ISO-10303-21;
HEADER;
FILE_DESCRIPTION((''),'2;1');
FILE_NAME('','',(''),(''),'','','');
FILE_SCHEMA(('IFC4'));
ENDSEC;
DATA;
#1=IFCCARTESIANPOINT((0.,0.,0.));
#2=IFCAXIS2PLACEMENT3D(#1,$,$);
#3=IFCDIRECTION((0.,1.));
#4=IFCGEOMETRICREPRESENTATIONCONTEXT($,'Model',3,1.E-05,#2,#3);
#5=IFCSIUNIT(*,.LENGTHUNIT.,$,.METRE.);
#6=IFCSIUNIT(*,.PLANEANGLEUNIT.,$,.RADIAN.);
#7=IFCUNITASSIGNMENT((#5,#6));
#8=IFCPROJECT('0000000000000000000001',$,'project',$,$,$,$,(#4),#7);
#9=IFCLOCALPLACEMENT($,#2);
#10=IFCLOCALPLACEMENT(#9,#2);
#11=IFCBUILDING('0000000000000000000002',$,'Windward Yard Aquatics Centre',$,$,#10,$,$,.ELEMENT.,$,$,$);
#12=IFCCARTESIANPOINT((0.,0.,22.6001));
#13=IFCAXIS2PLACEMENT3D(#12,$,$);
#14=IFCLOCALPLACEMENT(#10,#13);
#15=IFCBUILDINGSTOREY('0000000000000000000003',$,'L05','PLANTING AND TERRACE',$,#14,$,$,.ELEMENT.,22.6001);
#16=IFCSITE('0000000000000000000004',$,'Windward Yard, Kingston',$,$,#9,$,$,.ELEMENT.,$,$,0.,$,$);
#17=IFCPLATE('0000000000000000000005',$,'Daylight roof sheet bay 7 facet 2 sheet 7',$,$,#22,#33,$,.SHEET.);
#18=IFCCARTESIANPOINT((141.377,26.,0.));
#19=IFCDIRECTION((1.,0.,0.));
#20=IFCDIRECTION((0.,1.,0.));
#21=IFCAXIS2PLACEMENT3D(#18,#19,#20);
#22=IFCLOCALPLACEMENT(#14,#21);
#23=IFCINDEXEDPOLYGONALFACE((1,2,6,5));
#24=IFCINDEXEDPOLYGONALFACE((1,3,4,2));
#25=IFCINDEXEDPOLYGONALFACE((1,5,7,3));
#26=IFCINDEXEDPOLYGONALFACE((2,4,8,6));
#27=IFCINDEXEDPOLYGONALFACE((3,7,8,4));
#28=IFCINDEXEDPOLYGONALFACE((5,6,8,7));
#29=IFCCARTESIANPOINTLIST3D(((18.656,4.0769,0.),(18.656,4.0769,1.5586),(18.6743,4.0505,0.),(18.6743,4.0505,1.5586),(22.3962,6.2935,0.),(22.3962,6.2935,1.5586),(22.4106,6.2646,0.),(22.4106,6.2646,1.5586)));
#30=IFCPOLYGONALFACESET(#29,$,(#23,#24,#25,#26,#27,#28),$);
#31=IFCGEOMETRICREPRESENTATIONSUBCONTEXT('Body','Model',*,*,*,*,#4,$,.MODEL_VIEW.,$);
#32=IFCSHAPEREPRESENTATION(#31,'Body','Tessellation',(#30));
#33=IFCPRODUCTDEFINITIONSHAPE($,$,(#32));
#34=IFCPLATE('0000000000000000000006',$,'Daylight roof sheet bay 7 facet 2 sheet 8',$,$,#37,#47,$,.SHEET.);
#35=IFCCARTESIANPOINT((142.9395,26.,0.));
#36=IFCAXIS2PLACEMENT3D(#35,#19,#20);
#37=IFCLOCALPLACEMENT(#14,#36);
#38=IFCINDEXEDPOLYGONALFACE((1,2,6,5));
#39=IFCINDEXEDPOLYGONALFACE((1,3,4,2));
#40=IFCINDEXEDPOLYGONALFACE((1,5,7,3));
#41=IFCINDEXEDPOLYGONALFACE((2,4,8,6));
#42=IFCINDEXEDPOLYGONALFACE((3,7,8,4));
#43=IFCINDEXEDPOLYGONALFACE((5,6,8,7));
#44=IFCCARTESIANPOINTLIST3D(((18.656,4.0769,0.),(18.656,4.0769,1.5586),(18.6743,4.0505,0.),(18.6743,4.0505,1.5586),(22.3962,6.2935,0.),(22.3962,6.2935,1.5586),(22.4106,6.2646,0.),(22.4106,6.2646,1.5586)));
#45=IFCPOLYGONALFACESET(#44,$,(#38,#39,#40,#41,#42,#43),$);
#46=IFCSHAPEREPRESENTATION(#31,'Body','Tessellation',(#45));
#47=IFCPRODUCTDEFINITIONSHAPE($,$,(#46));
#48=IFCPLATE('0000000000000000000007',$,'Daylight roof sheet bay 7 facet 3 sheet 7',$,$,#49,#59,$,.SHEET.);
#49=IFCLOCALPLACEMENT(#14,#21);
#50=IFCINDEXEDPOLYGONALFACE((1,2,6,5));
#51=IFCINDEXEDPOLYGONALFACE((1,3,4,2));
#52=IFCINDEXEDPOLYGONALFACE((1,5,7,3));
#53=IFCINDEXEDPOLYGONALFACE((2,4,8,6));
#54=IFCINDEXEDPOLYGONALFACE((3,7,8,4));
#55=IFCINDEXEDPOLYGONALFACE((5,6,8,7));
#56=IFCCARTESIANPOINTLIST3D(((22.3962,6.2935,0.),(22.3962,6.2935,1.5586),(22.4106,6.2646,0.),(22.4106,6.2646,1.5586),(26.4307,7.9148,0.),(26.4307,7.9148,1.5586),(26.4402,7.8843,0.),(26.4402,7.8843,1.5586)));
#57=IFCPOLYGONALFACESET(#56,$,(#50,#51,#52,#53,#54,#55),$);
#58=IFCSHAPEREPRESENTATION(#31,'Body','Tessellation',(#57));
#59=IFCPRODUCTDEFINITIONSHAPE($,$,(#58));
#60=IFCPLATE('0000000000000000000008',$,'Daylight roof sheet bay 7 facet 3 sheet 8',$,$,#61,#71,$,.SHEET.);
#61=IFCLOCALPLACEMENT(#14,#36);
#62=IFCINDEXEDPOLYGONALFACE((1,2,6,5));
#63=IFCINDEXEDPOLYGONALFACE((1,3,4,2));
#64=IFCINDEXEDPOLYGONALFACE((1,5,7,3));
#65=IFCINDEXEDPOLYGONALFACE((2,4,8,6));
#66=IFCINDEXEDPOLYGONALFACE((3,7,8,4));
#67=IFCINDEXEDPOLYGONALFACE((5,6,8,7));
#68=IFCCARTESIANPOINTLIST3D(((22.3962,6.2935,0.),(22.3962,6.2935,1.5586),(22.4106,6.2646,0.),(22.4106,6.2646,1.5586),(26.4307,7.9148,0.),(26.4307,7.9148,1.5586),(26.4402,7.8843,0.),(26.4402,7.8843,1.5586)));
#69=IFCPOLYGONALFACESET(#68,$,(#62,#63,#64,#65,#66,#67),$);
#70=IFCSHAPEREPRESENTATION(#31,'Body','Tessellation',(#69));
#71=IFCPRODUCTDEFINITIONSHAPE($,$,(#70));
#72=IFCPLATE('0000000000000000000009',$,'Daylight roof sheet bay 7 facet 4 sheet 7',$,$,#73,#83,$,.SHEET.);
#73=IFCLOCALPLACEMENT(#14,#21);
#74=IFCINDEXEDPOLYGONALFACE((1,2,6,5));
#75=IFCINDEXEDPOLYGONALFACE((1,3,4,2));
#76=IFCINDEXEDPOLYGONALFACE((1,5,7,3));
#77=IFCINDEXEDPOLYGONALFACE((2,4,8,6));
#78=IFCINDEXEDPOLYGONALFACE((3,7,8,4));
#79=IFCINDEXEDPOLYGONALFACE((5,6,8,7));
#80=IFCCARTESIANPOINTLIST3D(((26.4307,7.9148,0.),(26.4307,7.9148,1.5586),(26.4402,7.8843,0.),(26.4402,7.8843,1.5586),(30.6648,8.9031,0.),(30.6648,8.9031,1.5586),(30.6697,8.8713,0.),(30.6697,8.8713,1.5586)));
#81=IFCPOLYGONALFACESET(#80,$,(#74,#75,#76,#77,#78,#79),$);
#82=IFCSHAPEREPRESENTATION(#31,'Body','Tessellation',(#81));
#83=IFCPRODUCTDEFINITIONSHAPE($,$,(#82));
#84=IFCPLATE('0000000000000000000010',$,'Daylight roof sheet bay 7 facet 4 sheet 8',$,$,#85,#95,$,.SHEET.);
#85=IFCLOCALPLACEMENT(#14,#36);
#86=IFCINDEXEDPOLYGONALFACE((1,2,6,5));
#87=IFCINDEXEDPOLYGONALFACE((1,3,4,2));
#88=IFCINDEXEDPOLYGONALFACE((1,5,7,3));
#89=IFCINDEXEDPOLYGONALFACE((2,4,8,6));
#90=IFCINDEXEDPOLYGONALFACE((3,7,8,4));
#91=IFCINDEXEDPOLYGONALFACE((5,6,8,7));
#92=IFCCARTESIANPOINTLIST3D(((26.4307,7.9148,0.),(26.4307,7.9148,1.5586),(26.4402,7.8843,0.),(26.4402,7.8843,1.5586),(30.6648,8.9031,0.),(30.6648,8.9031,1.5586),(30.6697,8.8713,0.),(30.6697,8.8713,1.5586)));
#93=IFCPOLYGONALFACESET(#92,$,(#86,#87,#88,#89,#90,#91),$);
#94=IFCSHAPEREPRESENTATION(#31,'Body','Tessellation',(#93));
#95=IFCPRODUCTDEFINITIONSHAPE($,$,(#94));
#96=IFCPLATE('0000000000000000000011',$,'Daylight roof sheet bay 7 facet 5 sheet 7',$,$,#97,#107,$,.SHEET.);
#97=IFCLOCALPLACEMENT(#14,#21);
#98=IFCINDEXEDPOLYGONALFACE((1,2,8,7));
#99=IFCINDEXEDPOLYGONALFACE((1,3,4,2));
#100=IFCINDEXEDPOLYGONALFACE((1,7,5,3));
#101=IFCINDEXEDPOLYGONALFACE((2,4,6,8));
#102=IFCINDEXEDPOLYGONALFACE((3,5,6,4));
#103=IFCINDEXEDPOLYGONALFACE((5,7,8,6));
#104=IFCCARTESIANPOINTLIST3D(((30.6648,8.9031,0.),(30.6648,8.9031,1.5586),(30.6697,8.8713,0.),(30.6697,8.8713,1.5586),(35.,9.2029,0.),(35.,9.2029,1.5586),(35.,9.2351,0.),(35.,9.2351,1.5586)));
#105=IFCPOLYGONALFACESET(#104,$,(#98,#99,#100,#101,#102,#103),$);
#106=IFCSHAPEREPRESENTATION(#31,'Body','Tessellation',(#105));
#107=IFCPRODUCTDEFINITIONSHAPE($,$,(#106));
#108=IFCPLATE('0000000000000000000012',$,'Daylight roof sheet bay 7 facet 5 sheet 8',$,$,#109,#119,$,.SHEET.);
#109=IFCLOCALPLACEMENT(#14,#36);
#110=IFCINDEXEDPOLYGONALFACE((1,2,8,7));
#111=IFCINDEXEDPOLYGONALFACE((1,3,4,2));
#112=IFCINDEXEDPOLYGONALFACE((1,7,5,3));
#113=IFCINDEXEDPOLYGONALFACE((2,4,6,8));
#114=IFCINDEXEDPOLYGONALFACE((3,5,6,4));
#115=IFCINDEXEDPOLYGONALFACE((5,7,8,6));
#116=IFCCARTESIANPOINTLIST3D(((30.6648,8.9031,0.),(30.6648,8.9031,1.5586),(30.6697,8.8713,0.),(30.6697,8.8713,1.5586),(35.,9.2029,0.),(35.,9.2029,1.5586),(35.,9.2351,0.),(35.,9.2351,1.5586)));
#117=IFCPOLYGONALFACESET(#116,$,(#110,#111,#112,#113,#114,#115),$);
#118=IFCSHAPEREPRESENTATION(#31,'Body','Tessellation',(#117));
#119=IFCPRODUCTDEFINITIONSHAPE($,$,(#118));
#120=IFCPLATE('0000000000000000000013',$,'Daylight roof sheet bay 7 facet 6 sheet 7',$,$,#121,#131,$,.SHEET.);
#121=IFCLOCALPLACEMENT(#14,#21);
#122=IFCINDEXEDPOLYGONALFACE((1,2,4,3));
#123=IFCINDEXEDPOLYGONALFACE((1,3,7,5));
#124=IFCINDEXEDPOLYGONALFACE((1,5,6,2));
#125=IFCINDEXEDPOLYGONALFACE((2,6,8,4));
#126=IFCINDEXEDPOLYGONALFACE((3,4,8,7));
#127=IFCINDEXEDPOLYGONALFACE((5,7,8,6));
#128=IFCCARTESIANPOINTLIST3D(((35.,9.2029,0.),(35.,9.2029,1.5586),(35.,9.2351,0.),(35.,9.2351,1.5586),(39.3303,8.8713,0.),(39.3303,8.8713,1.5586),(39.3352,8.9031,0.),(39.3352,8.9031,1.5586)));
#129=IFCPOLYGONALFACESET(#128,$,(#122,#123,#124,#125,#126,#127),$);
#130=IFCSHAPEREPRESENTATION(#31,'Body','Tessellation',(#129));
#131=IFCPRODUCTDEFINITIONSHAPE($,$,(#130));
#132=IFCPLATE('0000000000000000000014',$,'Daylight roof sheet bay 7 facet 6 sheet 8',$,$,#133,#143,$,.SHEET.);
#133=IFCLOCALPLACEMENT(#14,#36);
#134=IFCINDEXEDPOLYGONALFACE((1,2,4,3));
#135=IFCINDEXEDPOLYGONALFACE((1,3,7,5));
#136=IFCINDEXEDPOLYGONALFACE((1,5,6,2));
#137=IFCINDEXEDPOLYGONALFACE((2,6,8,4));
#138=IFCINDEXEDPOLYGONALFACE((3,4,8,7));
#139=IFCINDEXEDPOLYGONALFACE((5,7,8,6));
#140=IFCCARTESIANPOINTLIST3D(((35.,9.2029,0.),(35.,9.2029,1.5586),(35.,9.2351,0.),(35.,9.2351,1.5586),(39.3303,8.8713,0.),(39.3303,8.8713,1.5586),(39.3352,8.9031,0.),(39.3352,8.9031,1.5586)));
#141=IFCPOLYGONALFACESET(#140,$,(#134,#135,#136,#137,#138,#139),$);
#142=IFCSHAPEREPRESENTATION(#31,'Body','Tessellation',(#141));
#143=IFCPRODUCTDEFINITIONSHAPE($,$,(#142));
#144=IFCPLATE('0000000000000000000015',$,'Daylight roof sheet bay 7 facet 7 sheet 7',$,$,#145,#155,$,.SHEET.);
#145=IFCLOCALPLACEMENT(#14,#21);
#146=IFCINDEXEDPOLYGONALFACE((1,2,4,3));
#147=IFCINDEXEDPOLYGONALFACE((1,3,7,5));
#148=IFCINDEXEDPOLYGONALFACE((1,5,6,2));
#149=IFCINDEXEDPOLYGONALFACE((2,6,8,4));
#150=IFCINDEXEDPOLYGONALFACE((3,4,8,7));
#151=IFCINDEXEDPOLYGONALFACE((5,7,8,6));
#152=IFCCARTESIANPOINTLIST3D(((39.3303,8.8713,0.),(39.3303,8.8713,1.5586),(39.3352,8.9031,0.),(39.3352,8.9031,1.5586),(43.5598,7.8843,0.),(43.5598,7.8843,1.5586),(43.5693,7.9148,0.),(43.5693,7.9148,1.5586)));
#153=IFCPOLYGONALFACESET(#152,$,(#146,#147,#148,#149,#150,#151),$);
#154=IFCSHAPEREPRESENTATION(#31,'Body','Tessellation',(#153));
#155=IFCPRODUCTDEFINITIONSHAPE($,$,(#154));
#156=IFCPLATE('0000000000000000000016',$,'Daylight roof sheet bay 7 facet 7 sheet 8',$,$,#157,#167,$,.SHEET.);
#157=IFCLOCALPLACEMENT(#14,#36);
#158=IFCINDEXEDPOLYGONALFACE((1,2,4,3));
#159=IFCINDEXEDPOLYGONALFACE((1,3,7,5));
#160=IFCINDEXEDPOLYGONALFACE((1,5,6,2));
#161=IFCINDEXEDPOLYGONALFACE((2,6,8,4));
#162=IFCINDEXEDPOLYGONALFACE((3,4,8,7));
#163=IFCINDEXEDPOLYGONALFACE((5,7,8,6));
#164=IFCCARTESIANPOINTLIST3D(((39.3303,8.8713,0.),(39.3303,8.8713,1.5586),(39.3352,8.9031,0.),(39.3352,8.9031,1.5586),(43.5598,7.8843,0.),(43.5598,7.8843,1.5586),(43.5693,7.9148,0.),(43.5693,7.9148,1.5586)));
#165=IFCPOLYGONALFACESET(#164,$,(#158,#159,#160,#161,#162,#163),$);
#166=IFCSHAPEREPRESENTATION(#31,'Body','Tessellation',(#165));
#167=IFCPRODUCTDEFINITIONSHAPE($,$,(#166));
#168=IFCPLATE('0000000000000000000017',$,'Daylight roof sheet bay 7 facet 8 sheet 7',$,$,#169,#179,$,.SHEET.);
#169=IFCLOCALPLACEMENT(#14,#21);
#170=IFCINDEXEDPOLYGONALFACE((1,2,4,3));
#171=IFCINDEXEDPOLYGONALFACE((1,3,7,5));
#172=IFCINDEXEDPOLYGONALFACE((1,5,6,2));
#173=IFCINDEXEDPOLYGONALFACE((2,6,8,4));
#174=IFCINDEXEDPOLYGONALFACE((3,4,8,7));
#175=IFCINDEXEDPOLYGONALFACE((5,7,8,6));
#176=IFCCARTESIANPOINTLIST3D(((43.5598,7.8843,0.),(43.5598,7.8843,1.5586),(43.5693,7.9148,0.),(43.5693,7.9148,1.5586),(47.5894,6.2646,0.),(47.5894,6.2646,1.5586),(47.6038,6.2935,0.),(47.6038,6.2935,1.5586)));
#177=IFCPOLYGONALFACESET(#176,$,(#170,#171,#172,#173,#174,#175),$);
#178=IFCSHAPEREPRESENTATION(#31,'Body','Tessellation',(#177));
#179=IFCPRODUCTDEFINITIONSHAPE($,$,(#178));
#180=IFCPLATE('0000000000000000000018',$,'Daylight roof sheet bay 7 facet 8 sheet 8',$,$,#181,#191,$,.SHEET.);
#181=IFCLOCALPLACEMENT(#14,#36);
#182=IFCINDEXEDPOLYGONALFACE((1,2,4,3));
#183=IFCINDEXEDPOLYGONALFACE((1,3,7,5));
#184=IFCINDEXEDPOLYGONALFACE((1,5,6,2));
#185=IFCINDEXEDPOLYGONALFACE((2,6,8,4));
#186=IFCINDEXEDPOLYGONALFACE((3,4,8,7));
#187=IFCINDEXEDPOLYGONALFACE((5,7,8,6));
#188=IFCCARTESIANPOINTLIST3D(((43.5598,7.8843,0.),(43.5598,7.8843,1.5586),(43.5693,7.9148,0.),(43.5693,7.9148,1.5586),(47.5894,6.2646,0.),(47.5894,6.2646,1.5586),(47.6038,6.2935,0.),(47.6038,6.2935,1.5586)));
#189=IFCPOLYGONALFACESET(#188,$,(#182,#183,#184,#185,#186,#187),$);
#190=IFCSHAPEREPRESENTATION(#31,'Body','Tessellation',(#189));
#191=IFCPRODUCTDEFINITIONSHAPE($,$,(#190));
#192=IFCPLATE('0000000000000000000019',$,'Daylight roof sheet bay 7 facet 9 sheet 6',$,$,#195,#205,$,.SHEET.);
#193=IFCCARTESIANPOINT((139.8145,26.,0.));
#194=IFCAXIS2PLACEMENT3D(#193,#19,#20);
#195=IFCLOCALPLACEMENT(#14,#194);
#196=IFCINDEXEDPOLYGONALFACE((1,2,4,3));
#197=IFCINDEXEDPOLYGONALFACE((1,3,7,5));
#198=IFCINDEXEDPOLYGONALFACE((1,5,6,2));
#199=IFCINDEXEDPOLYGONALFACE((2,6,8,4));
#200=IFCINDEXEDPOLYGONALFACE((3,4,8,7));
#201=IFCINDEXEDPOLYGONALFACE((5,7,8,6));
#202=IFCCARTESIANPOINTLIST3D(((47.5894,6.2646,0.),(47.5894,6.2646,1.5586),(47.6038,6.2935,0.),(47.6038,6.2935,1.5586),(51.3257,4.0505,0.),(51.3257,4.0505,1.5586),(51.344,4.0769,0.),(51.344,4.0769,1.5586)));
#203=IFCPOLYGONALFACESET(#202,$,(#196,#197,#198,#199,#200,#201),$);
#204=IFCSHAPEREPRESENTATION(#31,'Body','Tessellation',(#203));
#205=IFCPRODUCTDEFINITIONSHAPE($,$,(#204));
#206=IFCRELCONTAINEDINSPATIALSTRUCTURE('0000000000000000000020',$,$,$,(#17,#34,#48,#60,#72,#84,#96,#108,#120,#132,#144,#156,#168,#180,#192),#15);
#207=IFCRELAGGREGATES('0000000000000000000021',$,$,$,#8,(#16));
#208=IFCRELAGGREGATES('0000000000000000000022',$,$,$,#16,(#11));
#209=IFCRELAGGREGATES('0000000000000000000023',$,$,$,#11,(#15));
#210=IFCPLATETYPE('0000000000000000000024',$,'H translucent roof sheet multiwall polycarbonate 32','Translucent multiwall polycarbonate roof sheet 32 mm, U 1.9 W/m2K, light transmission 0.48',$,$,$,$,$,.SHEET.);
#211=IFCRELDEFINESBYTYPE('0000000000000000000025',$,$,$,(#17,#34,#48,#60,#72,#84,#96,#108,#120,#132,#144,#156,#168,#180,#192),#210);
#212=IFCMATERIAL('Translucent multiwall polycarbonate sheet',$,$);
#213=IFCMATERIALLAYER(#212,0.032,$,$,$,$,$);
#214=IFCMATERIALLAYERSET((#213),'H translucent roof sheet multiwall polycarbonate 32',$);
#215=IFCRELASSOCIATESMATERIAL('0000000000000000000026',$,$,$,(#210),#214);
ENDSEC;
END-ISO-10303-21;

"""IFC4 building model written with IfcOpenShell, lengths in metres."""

from ifc_helpers import new_model, si_unit, direction, frame, origin, place, context, subcontext, project, spatial, polyline, outline, extrude, material, layer, layer_set, type_object, element, save


model = new_model("IFC4")

# Units and contexts
model_context = context("Model", 3, precision=1e-05, world=origin(), true_north=direction((0.0, 1.0)))
body_context = subcontext(model_context, "Body", "Model", "MODEL_VIEW")
ifc_project = project(units=[si_unit("LENGTHUNIT", "METRE"), si_unit("PLANEANGLEUNIT", "RADIAN")], contexts=[model_context])

# Site, building, storey
site_placement = place(None, origin())
site = spatial("IfcSite", under=ifc_project, at=site_placement, Name="Windward Yard, Kingston", CompositionType="ELEMENT", RefElevation=0.0)
building_placement = place(site_placement, origin())
building = spatial("IfcBuilding", under=site, at=building_placement, Name="Windward Yard Aquatics Centre", CompositionType="ELEMENT")
storey_placement = place(building_placement, frame((0.0, 0.0, 22.6001)))
storey = spatial("IfcBuildingStorey", under=building, at=storey_placement, Name="L05", Description="PLANTING AND TERRACE", CompositionType="ELEMENT", Elevation=22.6001)

# Plates
ifc_material_1 = material(Name="Translucent multiwall polycarbonate sheet")
ifc_layer_1 = layer(ifc_material_1, 0.032)
ifc_layer_set_1 = layer_set([ifc_layer_1], Name="H translucent roof sheet multiwall polycarbonate 32")
plate_type_1 = type_object("IfcPlateType", Name="H translucent roof sheet multiwall polycarbonate 32", Description="Translucent multiwall polycarbonate roof sheet 32 mm, U 1.9 W/m2K, light transmission 0.48", PredefinedType="SHEET", material=ifc_layer_set_1)
for number, where, z_axis, x_axis, name in (
    (1, (141.377, 26.0, 0.0), (1.0, 0.0, 0.0), (0.0, 1.0, 0.0), "Daylight roof sheet bay 7 facet 2 sheet 7"),
    (2, (142.9395, 26.0, 0.0), (1.0, 0.0, 0.0), (0.0, 1.0, 0.0), "Daylight roof sheet bay 7 facet 2 sheet 8"),
):
    element("IfcPlate", number, at=place(storey_placement, frame(where, z_axis=z_axis, x_axis=x_axis)), inside=storey, type_object=plate_type_1, Name=name, PredefinedType="SHEET", context=body_context, shape_type="SweptSolid", body=[
        extrude(outline(polyline([(18.6743, 4.0505), (22.4106, 6.2646), (22.3962, 6.2935), (18.656, 4.0769), (18.6743, 4.0505)])), origin(), (0.0, 0.0, 1.0), 1.5586),
    ])
for number, where, z_axis, x_axis, name in (
    (3, (141.377, 26.0, 0.0), (1.0, 0.0, 0.0), (0.0, 1.0, 0.0), "Daylight roof sheet bay 7 facet 3 sheet 7"),
    (4, (142.9395, 26.0, 0.0), (1.0, 0.0, 0.0), (0.0, 1.0, 0.0), "Daylight roof sheet bay 7 facet 3 sheet 8"),
):
    element("IfcPlate", number, at=place(storey_placement, frame(where, z_axis=z_axis, x_axis=x_axis)), inside=storey, type_object=plate_type_1, Name=name, PredefinedType="SHEET", context=body_context, shape_type="SweptSolid", body=[
        extrude(outline(polyline([(22.4106, 6.2646), (26.4402, 7.8843), (26.4307, 7.9148), (22.3962, 6.2935), (22.4106, 6.2646)])), origin(), (0.0, 0.0, 1.0), 1.5586),
    ])
for number, where, z_axis, x_axis, name in (
    (5, (141.377, 26.0, 0.0), (1.0, 0.0, 0.0), (0.0, 1.0, 0.0), "Daylight roof sheet bay 7 facet 4 sheet 7"),
    (6, (142.9395, 26.0, 0.0), (1.0, 0.0, 0.0), (0.0, 1.0, 0.0), "Daylight roof sheet bay 7 facet 4 sheet 8"),
):
    element("IfcPlate", number, at=place(storey_placement, frame(where, z_axis=z_axis, x_axis=x_axis)), inside=storey, type_object=plate_type_1, Name=name, PredefinedType="SHEET", context=body_context, shape_type="SweptSolid", body=[
        extrude(outline(polyline([(26.4402, 7.8843), (30.6697, 8.8713), (30.6648, 8.9031), (26.4307, 7.9148), (26.4402, 7.8843)])), origin(), (0.0, 0.0, 1.0), 1.5586),
    ])
for number, where, z_axis, x_axis, name in (
    (7, (141.377, 26.0, 0.0), (1.0, 0.0, 0.0), (0.0, 1.0, 0.0), "Daylight roof sheet bay 7 facet 5 sheet 7"),
    (8, (142.9395, 26.0, 0.0), (1.0, 0.0, 0.0), (0.0, 1.0, 0.0), "Daylight roof sheet bay 7 facet 5 sheet 8"),
):
    element("IfcPlate", number, at=place(storey_placement, frame(where, z_axis=z_axis, x_axis=x_axis)), inside=storey, type_object=plate_type_1, Name=name, PredefinedType="SHEET", context=body_context, shape_type="SweptSolid", body=[
        extrude(outline(polyline([(30.6697, 8.8713), (35.0, 9.2029), (35.0, 9.2351), (30.6648, 8.9031), (30.6697, 8.8713)])), origin(), (0.0, 0.0, 1.0), 1.5586),
    ])
for number, where, z_axis, x_axis, name in (
    (9, (141.377, 26.0, 0.0), (1.0, 0.0, 0.0), (0.0, 1.0, 0.0), "Daylight roof sheet bay 7 facet 6 sheet 7"),
    (10, (142.9395, 26.0, 0.0), (1.0, 0.0, 0.0), (0.0, 1.0, 0.0), "Daylight roof sheet bay 7 facet 6 sheet 8"),
):
    element("IfcPlate", number, at=place(storey_placement, frame(where, z_axis=z_axis, x_axis=x_axis)), inside=storey, type_object=plate_type_1, Name=name, PredefinedType="SHEET", context=body_context, shape_type="SweptSolid", body=[
        extrude(outline(polyline([(35.0, 9.2029), (39.3303, 8.8713), (39.3352, 8.9031), (35.0, 9.2351), (35.0, 9.2029)])), origin(), (0.0, 0.0, 1.0), 1.5586),
    ])
for number, where, z_axis, x_axis, name in (
    (11, (141.377, 26.0, 0.0), (1.0, 0.0, 0.0), (0.0, 1.0, 0.0), "Daylight roof sheet bay 7 facet 7 sheet 7"),
    (12, (142.9395, 26.0, 0.0), (1.0, 0.0, 0.0), (0.0, 1.0, 0.0), "Daylight roof sheet bay 7 facet 7 sheet 8"),
):
    element("IfcPlate", number, at=place(storey_placement, frame(where, z_axis=z_axis, x_axis=x_axis)), inside=storey, type_object=plate_type_1, Name=name, PredefinedType="SHEET", context=body_context, shape_type="SweptSolid", body=[
        extrude(outline(polyline([(39.3303, 8.8713), (43.5598, 7.8843), (43.5693, 7.9148), (39.3352, 8.9031), (39.3303, 8.8713)])), origin(), (0.0, 0.0, 1.0), 1.5586),
    ])
for number, where, z_axis, x_axis, name in (
    (13, (141.377, 26.0, 0.0), (1.0, 0.0, 0.0), (0.0, 1.0, 0.0), "Daylight roof sheet bay 7 facet 8 sheet 7"),
    (14, (142.9395, 26.0, 0.0), (1.0, 0.0, 0.0), (0.0, 1.0, 0.0), "Daylight roof sheet bay 7 facet 8 sheet 8"),
):
    element("IfcPlate", number, at=place(storey_placement, frame(where, z_axis=z_axis, x_axis=x_axis)), inside=storey, type_object=plate_type_1, Name=name, PredefinedType="SHEET", context=body_context, shape_type="SweptSolid", body=[
        extrude(outline(polyline([(43.5598, 7.8843), (47.5894, 6.2646), (47.6038, 6.2935), (43.5693, 7.9148), (43.5598, 7.8843)])), origin(), (0.0, 0.0, 1.0), 1.5586),
    ])
for number, where, z_axis, x_axis, name in (
    (15, (139.8145, 26.0, 0.0), (1.0, 0.0, 0.0), (0.0, 1.0, 0.0), "Daylight roof sheet bay 7 facet 9 sheet 6"),
):
    element("IfcPlate", number, at=place(storey_placement, frame(where, z_axis=z_axis, x_axis=x_axis)), inside=storey, type_object=plate_type_1, Name=name, PredefinedType="SHEET", context=body_context, shape_type="SweptSolid", body=[
        extrude(outline(polyline([(47.5894, 6.2646), (51.3257, 4.0505), (51.344, 4.0769), (47.6038, 6.2935), (47.5894, 6.2646)])), origin(), (0.0, 0.0, 1.0), 1.5586),
    ])

save(model, "model.ifc")
